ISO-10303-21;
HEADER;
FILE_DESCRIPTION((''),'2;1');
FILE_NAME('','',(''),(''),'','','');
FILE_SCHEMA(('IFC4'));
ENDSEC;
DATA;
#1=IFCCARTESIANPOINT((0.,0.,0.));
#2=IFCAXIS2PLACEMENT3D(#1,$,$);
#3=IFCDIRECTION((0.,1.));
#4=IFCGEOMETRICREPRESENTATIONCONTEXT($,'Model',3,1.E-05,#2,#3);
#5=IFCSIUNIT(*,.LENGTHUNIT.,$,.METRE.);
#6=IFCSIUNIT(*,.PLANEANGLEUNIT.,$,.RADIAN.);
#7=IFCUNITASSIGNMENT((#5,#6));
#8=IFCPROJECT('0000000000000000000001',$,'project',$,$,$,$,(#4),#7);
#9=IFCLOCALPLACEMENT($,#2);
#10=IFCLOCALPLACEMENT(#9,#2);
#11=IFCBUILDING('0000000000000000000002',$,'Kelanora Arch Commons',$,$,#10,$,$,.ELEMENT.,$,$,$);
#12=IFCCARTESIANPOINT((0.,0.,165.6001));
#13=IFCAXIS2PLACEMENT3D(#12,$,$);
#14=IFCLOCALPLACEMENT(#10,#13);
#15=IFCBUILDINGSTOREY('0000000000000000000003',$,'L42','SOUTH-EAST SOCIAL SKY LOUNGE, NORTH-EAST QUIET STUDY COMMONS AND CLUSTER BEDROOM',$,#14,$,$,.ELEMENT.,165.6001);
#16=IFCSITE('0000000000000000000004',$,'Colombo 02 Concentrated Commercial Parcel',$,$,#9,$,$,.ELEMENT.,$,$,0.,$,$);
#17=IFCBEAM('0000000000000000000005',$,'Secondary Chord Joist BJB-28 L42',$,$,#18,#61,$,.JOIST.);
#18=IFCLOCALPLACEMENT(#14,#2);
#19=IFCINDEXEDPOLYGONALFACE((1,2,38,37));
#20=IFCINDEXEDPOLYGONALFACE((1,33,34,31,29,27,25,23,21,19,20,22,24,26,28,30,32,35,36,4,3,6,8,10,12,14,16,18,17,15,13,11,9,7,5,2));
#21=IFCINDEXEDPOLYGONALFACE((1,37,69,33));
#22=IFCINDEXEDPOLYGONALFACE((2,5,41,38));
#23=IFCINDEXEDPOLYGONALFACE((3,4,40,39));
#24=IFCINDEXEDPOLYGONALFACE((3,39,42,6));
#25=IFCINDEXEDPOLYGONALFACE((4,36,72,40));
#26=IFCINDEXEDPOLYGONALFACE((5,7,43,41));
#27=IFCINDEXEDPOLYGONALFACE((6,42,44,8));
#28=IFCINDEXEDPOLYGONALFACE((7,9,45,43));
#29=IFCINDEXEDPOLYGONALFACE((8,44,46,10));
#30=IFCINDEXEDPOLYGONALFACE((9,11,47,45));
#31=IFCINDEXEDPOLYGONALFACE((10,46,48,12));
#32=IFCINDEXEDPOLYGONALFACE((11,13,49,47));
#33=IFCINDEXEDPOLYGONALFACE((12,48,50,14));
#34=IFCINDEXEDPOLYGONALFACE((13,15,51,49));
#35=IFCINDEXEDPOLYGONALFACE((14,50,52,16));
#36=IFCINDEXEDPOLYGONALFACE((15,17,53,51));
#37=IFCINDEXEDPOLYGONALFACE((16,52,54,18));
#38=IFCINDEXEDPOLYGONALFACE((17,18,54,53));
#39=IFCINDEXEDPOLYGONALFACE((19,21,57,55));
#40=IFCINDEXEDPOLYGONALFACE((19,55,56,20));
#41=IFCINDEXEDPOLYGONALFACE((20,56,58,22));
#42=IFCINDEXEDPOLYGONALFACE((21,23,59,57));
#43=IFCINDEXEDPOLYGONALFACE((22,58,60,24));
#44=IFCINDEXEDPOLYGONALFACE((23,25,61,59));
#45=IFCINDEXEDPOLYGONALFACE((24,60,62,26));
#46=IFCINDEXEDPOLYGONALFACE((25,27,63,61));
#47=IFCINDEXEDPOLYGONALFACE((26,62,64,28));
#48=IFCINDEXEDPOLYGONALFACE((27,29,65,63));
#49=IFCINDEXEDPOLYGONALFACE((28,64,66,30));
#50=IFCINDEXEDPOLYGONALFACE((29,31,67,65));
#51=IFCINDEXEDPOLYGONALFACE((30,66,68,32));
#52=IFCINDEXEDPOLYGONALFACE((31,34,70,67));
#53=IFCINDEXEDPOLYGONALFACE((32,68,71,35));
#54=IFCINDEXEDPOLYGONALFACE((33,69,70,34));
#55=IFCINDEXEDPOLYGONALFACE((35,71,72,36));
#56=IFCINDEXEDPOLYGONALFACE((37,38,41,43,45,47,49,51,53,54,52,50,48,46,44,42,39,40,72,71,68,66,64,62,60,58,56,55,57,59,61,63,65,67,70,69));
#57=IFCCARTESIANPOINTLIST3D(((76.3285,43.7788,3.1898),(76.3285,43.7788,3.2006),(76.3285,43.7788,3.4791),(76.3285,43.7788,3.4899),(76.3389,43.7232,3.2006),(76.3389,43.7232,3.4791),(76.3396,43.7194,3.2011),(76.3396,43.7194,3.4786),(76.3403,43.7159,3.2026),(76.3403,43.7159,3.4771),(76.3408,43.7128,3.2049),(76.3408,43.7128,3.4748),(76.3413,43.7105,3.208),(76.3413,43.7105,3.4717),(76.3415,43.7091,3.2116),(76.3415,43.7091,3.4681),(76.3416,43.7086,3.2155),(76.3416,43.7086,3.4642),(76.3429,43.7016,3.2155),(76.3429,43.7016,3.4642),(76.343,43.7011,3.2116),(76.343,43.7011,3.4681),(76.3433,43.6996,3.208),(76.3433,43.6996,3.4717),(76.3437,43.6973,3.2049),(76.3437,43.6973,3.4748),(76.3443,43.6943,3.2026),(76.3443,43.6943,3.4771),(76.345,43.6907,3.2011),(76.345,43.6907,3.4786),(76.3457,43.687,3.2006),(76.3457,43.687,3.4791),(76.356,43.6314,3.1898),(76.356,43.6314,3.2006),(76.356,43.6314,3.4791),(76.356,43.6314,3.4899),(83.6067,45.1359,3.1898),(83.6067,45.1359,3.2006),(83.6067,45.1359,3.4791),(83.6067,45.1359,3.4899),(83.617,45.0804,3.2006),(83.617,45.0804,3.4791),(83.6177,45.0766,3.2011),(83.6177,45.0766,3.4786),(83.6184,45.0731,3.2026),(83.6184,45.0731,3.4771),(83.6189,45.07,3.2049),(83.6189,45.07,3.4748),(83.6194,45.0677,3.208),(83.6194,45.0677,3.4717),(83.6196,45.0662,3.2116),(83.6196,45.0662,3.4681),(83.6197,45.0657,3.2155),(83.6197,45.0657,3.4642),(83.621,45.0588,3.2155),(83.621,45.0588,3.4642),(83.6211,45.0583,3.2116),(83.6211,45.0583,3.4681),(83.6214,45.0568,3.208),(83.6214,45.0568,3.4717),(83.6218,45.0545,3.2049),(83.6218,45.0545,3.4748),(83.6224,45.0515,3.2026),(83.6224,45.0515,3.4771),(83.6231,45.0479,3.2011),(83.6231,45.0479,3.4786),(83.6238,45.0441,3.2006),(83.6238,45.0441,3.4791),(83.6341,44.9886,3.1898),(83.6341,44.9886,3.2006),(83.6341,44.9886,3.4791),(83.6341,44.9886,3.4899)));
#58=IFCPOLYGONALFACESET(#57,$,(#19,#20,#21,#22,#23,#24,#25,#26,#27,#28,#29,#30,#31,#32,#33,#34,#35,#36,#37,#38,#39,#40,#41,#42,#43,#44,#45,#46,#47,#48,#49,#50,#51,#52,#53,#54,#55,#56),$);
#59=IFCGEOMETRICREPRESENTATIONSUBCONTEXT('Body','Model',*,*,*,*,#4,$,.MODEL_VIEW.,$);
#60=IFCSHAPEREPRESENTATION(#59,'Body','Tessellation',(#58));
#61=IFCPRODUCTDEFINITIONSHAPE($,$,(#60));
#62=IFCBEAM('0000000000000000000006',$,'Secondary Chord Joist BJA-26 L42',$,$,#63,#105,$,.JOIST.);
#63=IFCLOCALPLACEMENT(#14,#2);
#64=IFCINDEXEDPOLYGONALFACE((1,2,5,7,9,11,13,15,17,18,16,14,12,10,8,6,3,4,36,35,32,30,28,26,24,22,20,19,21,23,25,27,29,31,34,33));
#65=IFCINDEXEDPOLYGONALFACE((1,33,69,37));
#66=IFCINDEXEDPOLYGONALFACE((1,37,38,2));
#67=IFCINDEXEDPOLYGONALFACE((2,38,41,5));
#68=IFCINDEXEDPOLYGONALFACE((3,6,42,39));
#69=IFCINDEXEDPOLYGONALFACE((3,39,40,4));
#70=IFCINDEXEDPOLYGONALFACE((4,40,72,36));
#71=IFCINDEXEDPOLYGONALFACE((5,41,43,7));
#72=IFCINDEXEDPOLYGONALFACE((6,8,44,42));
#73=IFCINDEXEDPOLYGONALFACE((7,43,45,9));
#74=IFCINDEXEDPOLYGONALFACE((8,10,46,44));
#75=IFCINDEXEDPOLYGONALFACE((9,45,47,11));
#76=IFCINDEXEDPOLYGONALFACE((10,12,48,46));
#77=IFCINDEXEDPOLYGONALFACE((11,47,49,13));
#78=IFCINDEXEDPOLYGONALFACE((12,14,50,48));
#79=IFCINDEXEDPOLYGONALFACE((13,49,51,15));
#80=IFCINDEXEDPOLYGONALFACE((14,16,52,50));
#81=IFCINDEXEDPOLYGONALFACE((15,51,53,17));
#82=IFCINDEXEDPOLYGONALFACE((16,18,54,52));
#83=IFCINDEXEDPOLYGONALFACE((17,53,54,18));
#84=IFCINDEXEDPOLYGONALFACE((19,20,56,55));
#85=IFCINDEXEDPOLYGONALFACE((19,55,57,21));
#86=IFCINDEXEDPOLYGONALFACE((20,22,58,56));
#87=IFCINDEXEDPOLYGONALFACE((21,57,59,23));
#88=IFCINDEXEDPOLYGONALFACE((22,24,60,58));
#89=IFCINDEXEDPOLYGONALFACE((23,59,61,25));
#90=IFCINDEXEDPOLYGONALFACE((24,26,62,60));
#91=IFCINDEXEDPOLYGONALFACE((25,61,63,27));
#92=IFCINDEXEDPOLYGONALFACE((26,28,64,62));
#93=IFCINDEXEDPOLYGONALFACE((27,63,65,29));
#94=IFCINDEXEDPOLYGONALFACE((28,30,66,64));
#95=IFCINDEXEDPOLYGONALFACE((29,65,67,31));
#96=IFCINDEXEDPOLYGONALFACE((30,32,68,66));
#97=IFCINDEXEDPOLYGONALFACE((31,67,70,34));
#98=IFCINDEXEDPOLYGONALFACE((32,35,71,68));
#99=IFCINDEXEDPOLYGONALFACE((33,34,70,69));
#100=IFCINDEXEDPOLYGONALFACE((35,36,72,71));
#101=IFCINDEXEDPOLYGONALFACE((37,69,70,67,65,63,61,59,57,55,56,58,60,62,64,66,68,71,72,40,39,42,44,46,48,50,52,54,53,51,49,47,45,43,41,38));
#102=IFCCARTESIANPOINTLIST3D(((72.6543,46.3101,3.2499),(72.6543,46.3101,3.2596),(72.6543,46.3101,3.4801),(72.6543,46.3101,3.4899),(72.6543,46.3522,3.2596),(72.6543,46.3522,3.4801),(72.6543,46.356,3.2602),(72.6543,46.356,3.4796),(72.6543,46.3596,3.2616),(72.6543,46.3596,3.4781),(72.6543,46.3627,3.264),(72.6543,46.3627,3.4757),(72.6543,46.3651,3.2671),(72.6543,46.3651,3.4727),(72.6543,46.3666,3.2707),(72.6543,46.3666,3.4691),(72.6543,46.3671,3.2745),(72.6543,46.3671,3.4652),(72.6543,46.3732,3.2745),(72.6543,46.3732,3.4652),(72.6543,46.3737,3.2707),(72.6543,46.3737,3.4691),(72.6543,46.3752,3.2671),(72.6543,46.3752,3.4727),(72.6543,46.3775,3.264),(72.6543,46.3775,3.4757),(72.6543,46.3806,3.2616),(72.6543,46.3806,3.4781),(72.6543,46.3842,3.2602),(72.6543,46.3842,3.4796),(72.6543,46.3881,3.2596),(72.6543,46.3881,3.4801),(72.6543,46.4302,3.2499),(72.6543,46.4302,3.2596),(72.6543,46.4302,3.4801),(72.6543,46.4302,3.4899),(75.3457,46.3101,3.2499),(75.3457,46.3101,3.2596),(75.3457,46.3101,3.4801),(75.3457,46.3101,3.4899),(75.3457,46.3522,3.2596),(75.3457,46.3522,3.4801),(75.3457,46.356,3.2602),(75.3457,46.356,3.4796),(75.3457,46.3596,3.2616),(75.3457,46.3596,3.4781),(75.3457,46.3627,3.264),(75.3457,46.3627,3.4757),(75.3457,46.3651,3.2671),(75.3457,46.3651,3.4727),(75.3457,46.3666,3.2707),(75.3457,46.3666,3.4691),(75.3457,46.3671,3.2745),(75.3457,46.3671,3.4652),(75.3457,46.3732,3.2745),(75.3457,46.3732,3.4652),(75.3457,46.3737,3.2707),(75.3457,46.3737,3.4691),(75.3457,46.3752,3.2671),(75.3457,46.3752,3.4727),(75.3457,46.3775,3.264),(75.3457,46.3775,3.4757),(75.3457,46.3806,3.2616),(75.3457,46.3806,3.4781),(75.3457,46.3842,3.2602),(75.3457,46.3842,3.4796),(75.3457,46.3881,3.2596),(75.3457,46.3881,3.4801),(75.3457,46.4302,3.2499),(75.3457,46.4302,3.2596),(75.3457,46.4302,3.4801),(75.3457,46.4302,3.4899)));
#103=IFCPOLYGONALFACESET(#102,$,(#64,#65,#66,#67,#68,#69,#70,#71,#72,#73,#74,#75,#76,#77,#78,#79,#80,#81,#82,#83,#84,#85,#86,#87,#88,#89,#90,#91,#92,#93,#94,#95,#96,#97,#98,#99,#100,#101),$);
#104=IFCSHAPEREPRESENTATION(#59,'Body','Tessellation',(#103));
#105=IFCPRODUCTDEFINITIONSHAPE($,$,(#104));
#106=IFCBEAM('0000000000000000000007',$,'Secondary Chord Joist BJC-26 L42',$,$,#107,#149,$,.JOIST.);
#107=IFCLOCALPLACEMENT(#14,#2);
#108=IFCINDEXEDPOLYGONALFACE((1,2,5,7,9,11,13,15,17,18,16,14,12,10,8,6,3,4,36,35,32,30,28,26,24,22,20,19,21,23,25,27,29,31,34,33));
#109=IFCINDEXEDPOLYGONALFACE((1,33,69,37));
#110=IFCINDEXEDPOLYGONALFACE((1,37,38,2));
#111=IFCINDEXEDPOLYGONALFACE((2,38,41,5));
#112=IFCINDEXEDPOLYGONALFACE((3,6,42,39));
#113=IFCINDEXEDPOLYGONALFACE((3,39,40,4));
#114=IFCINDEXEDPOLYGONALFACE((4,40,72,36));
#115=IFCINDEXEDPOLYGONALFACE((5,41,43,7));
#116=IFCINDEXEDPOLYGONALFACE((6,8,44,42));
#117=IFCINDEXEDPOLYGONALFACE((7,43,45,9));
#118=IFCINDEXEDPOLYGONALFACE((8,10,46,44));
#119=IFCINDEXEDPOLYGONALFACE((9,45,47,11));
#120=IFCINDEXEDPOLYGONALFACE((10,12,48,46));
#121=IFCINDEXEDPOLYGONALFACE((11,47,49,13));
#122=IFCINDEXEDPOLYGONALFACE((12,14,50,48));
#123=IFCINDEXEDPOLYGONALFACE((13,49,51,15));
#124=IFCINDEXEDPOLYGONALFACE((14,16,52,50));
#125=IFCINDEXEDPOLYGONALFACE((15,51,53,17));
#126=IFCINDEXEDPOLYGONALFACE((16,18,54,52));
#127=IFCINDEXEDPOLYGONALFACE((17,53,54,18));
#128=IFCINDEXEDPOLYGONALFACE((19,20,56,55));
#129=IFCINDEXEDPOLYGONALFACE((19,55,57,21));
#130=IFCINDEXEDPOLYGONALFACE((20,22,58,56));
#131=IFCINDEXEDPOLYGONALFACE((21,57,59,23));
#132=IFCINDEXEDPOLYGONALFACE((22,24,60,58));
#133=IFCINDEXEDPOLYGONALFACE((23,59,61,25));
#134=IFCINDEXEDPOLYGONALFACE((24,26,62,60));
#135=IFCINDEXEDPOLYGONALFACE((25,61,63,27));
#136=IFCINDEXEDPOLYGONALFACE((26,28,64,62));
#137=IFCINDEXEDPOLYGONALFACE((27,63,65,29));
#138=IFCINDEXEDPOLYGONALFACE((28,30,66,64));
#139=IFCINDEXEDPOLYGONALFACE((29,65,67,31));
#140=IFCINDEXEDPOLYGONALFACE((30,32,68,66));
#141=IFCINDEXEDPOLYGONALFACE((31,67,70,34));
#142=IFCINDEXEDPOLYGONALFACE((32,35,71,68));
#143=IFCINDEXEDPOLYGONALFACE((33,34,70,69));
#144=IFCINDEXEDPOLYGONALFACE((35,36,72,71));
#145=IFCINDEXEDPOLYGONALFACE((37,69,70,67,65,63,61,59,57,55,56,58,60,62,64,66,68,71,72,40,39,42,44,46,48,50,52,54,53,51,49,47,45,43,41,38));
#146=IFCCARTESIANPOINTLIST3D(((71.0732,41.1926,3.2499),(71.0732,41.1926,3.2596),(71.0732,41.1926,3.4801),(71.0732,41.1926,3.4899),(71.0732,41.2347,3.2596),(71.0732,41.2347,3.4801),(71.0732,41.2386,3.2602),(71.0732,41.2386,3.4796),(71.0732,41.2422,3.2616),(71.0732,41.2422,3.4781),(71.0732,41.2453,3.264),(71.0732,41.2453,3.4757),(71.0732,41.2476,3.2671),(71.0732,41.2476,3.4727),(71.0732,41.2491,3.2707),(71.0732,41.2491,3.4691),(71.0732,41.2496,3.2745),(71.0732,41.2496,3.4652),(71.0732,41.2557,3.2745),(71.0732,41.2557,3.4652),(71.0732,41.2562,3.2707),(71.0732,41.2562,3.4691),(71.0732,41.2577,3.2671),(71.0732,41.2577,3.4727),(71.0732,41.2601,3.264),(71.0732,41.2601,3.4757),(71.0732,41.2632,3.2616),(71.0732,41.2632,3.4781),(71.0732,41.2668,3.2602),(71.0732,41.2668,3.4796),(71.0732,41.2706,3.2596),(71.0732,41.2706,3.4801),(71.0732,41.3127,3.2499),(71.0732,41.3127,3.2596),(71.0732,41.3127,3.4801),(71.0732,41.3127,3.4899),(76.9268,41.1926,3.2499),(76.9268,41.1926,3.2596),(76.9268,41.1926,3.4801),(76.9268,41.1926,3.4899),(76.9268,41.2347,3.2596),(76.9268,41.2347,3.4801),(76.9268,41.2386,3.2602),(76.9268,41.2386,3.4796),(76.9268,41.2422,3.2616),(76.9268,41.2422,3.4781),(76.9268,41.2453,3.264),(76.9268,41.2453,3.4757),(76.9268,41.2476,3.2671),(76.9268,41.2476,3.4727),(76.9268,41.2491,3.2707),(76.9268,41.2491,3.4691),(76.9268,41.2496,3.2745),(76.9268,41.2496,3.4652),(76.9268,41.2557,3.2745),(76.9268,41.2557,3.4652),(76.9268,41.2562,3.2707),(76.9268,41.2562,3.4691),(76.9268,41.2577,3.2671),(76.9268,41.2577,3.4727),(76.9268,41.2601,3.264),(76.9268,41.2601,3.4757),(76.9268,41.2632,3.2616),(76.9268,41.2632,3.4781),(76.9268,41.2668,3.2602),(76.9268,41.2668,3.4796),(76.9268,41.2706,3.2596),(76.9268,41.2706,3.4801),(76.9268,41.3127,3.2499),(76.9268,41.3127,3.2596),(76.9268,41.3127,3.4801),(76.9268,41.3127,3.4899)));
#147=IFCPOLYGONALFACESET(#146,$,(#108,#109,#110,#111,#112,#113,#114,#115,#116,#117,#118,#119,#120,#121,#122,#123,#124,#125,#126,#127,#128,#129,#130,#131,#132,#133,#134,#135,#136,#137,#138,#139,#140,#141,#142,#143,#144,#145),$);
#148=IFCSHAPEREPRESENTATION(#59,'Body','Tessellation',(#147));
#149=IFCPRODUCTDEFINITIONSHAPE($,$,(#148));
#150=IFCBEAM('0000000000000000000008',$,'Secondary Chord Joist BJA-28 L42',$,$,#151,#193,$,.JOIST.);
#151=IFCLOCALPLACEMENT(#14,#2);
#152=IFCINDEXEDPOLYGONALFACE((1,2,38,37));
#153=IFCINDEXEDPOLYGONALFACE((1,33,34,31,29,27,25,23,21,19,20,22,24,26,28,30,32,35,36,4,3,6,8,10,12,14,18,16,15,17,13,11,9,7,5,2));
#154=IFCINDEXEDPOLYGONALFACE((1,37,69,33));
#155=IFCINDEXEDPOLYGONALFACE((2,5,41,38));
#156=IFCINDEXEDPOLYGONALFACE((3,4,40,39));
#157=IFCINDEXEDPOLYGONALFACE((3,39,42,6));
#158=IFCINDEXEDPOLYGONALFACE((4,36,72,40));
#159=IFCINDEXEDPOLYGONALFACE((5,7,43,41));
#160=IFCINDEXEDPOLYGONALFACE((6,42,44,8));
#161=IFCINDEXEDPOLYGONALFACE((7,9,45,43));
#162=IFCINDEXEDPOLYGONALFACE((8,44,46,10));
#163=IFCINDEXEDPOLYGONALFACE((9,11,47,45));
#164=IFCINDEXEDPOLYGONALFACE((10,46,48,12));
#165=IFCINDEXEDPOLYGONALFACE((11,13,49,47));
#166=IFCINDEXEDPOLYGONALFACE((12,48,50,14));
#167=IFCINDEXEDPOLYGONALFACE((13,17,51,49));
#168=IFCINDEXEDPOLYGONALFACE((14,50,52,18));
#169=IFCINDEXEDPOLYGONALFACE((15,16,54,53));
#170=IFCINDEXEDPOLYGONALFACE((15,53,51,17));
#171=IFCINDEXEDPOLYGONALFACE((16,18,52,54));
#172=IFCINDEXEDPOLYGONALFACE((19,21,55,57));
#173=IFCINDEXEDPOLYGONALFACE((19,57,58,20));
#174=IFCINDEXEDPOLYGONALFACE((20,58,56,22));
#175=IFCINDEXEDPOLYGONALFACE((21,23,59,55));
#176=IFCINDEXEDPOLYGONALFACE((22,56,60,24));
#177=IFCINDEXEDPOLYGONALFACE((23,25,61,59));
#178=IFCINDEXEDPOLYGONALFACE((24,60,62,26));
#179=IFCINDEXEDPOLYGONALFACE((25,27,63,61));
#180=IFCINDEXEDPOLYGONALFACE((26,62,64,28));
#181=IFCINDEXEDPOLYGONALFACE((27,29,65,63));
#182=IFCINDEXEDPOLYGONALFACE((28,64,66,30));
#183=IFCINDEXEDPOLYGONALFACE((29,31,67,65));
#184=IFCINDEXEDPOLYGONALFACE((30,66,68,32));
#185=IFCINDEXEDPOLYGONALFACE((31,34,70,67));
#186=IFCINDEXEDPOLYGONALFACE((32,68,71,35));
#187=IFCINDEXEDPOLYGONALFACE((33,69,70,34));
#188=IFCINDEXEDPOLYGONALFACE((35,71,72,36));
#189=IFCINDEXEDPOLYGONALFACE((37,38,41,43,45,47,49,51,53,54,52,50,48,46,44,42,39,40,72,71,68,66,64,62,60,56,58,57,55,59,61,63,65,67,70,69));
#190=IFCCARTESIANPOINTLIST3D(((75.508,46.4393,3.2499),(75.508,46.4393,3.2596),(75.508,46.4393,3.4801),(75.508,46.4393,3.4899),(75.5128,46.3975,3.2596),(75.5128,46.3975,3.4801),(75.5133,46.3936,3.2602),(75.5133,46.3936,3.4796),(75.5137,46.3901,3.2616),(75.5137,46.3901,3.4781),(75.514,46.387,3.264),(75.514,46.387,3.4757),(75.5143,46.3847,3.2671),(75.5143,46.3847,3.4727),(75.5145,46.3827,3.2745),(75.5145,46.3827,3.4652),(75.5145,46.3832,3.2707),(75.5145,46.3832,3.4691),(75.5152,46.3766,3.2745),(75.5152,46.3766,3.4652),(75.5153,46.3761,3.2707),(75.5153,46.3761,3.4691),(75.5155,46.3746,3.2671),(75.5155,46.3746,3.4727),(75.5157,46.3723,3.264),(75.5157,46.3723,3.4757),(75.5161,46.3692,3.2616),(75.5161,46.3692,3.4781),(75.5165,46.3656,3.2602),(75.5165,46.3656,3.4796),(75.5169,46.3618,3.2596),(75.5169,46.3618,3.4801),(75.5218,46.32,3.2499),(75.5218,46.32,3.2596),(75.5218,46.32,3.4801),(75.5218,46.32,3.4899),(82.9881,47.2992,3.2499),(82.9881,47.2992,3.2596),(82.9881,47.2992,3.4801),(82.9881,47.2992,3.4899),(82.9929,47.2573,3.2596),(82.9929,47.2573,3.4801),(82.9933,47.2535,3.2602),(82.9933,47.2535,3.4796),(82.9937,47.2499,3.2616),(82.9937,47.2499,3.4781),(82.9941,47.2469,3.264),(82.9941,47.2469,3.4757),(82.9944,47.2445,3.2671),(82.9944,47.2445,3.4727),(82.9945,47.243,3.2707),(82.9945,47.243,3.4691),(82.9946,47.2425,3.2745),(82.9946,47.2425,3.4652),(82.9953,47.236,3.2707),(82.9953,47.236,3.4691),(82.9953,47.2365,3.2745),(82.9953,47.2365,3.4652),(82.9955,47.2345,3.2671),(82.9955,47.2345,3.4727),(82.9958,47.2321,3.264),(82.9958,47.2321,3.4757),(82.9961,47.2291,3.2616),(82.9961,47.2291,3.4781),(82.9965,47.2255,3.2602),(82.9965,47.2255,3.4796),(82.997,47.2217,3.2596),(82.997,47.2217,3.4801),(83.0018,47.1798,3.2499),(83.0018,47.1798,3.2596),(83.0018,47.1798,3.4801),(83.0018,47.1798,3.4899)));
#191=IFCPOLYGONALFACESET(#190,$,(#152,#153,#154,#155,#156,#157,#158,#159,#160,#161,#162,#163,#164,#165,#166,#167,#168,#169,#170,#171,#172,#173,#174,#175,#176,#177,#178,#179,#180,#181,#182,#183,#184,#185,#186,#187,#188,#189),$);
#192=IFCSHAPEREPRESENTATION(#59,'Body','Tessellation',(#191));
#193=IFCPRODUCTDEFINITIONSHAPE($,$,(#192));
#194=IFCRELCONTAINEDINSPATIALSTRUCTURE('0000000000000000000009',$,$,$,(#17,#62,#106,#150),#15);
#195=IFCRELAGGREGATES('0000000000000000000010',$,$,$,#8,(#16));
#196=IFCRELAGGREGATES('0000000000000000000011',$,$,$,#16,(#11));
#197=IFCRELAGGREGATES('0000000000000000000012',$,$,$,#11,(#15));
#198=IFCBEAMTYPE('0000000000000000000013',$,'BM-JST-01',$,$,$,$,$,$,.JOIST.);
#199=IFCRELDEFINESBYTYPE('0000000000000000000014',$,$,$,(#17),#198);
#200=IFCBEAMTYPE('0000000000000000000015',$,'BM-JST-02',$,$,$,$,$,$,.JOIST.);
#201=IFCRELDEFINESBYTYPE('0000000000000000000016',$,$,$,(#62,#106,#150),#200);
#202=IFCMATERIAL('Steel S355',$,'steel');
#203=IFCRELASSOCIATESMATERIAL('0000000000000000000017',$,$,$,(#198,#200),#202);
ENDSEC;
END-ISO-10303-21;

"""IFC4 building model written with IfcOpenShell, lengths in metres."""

from ifc_helpers import new_model, si_unit, direction, frame, origin, origin_2d, place, context, subcontext, project, spatial, i_section, extrude, material, material_profile, profile_set, type_object, element, save


model = new_model("IFC4")

# Units and contexts
model_context = context("Model", 3, precision=1e-05, world=origin(), true_north=direction((0.0, 1.0)))
body_context = subcontext(model_context, "Body", "Model", "MODEL_VIEW")
ifc_project = project(units=[si_unit("LENGTHUNIT", "METRE"), si_unit("PLANEANGLEUNIT", "RADIAN")], contexts=[model_context])

# Site, building, storey
site_placement = place(None, origin())
site = spatial("IfcSite", under=ifc_project, at=site_placement, Name="Colombo 02 Concentrated Commercial Parcel", CompositionType="ELEMENT", RefElevation=0.0)
building_placement = place(site_placement, origin())
building = spatial("IfcBuilding", under=site, at=building_placement, Name="Kelanora Arch Commons", CompositionType="ELEMENT")
storey_placement = place(building_placement, frame((0.0, 0.0, 165.6001)))
storey = spatial("IfcBuildingStorey", under=building, at=storey_placement, Name="L42", Description="SOUTH-EAST SOCIAL SKY LOUNGE, NORTH-EAST QUIET STUDY COMMONS AND CLUSTER BEDROOM", CompositionType="ELEMENT", Elevation=165.6001)

# Beams
ifc_material_1 = material(Name="Steel S355", Category="steel")
ifc_material_profile_1 = material_profile(ifc_material_1, i_section(OverallWidth=0.1499, OverallDepth=0.3, WebThickness=0.0071, FlangeThickness=0.0107, FilletRadius=0.0149, at=origin_2d()), Name="IPE300")
ifc_profile_set_1 = profile_set([ifc_material_profile_1], Name="Steel S355")
beam_type_1 = type_object("IfcBeamType", Name="BM-JST-01", PredefinedType="JOIST", material=ifc_profile_set_1)
beam_1_placement = place(storey_placement, frame((76.3423, 43.7051, 3.3398), z_axis=(0.983054, 0.183315, 0.0), x_axis=(-0.183315, 0.983054, 0.0)))
element("IfcBeam", 1, at=beam_1_placement, inside=storey, type_object=beam_type_1, Name="Secondary Chord Joist BJB-28 L42", PredefinedType="JOIST", context=body_context, shape_type="SweptSolid", body=[
    extrude(i_section(OverallWidth=0.1499, OverallDepth=0.3, WebThickness=0.0071, FlangeThickness=0.0107, FilletRadius=0.0149, at=origin_2d()), origin(), (0.0, 0.0, 1.0), 7.4036),
])
ifc_material_profile_2 = material_profile(ifc_material_1, i_section(OverallWidth=0.1201, OverallDepth=0.24, WebThickness=0.0061, FlangeThickness=0.0098, FilletRadius=0.0149, at=origin_2d()), Name="IPE240")
ifc_profile_set_2 = profile_set([ifc_material_profile_2], Name="Steel S355")
beam_type_2 = type_object("IfcBeamType", Name="BM-JST-02", PredefinedType="JOIST", material=ifc_profile_set_2)
beam_2_placement = place(storey_placement, frame((72.6543, 46.3701, 3.3699), z_axis=(1.0, 0.0, 0.0), x_axis=(0.0, 1.0, 0.0)))
element("IfcBeam", 2, at=beam_2_placement, inside=storey, type_object=beam_type_2, Name="Secondary Chord Joist BJA-26 L42", PredefinedType="JOIST", context=body_context, shape_type="SweptSolid", body=[
    extrude(i_section(OverallWidth=0.1201, OverallDepth=0.24, WebThickness=0.0061, FlangeThickness=0.0098, FilletRadius=0.0149, at=origin_2d()), origin(), (0.0, 0.0, 1.0), 2.6914),
])
beam_3_placement = place(storey_placement, frame((71.0732, 41.2527, 3.3699), z_axis=(1.0, 0.0, 0.0), x_axis=(0.0, 1.0, 0.0)))
element("IfcBeam", 3, at=beam_3_placement, inside=storey, type_object=beam_type_2, Name="Secondary Chord Joist BJC-26 L42", PredefinedType="JOIST", context=body_context, shape_type="SweptSolid", body=[
    extrude(i_section(OverallWidth=0.1201, OverallDepth=0.24, WebThickness=0.0061, FlangeThickness=0.0098, FilletRadius=0.0149, at=origin_2d()), origin(), (0.0, 0.0, 1.0), 5.8535),
])
beam_4_placement = place(storey_placement, frame((75.5149, 46.3796, 3.3699), z_axis=(0.993457, 0.114203, 0.0), x_axis=(-0.114203, 0.993457, 0.0)))
element("IfcBeam", 4, at=beam_4_placement, inside=storey, type_object=beam_type_2, Name="Secondary Chord Joist BJA-28 L42", PredefinedType="JOIST", context=body_context, shape_type="SweptSolid", body=[
    extrude(i_section(OverallWidth=0.1201, OverallDepth=0.24, WebThickness=0.0061, FlangeThickness=0.0098, FilletRadius=0.0149, at=origin_2d()), origin(), (0.0, 0.0, 1.0), 7.5293),
])

save(model, "model.ifc")
